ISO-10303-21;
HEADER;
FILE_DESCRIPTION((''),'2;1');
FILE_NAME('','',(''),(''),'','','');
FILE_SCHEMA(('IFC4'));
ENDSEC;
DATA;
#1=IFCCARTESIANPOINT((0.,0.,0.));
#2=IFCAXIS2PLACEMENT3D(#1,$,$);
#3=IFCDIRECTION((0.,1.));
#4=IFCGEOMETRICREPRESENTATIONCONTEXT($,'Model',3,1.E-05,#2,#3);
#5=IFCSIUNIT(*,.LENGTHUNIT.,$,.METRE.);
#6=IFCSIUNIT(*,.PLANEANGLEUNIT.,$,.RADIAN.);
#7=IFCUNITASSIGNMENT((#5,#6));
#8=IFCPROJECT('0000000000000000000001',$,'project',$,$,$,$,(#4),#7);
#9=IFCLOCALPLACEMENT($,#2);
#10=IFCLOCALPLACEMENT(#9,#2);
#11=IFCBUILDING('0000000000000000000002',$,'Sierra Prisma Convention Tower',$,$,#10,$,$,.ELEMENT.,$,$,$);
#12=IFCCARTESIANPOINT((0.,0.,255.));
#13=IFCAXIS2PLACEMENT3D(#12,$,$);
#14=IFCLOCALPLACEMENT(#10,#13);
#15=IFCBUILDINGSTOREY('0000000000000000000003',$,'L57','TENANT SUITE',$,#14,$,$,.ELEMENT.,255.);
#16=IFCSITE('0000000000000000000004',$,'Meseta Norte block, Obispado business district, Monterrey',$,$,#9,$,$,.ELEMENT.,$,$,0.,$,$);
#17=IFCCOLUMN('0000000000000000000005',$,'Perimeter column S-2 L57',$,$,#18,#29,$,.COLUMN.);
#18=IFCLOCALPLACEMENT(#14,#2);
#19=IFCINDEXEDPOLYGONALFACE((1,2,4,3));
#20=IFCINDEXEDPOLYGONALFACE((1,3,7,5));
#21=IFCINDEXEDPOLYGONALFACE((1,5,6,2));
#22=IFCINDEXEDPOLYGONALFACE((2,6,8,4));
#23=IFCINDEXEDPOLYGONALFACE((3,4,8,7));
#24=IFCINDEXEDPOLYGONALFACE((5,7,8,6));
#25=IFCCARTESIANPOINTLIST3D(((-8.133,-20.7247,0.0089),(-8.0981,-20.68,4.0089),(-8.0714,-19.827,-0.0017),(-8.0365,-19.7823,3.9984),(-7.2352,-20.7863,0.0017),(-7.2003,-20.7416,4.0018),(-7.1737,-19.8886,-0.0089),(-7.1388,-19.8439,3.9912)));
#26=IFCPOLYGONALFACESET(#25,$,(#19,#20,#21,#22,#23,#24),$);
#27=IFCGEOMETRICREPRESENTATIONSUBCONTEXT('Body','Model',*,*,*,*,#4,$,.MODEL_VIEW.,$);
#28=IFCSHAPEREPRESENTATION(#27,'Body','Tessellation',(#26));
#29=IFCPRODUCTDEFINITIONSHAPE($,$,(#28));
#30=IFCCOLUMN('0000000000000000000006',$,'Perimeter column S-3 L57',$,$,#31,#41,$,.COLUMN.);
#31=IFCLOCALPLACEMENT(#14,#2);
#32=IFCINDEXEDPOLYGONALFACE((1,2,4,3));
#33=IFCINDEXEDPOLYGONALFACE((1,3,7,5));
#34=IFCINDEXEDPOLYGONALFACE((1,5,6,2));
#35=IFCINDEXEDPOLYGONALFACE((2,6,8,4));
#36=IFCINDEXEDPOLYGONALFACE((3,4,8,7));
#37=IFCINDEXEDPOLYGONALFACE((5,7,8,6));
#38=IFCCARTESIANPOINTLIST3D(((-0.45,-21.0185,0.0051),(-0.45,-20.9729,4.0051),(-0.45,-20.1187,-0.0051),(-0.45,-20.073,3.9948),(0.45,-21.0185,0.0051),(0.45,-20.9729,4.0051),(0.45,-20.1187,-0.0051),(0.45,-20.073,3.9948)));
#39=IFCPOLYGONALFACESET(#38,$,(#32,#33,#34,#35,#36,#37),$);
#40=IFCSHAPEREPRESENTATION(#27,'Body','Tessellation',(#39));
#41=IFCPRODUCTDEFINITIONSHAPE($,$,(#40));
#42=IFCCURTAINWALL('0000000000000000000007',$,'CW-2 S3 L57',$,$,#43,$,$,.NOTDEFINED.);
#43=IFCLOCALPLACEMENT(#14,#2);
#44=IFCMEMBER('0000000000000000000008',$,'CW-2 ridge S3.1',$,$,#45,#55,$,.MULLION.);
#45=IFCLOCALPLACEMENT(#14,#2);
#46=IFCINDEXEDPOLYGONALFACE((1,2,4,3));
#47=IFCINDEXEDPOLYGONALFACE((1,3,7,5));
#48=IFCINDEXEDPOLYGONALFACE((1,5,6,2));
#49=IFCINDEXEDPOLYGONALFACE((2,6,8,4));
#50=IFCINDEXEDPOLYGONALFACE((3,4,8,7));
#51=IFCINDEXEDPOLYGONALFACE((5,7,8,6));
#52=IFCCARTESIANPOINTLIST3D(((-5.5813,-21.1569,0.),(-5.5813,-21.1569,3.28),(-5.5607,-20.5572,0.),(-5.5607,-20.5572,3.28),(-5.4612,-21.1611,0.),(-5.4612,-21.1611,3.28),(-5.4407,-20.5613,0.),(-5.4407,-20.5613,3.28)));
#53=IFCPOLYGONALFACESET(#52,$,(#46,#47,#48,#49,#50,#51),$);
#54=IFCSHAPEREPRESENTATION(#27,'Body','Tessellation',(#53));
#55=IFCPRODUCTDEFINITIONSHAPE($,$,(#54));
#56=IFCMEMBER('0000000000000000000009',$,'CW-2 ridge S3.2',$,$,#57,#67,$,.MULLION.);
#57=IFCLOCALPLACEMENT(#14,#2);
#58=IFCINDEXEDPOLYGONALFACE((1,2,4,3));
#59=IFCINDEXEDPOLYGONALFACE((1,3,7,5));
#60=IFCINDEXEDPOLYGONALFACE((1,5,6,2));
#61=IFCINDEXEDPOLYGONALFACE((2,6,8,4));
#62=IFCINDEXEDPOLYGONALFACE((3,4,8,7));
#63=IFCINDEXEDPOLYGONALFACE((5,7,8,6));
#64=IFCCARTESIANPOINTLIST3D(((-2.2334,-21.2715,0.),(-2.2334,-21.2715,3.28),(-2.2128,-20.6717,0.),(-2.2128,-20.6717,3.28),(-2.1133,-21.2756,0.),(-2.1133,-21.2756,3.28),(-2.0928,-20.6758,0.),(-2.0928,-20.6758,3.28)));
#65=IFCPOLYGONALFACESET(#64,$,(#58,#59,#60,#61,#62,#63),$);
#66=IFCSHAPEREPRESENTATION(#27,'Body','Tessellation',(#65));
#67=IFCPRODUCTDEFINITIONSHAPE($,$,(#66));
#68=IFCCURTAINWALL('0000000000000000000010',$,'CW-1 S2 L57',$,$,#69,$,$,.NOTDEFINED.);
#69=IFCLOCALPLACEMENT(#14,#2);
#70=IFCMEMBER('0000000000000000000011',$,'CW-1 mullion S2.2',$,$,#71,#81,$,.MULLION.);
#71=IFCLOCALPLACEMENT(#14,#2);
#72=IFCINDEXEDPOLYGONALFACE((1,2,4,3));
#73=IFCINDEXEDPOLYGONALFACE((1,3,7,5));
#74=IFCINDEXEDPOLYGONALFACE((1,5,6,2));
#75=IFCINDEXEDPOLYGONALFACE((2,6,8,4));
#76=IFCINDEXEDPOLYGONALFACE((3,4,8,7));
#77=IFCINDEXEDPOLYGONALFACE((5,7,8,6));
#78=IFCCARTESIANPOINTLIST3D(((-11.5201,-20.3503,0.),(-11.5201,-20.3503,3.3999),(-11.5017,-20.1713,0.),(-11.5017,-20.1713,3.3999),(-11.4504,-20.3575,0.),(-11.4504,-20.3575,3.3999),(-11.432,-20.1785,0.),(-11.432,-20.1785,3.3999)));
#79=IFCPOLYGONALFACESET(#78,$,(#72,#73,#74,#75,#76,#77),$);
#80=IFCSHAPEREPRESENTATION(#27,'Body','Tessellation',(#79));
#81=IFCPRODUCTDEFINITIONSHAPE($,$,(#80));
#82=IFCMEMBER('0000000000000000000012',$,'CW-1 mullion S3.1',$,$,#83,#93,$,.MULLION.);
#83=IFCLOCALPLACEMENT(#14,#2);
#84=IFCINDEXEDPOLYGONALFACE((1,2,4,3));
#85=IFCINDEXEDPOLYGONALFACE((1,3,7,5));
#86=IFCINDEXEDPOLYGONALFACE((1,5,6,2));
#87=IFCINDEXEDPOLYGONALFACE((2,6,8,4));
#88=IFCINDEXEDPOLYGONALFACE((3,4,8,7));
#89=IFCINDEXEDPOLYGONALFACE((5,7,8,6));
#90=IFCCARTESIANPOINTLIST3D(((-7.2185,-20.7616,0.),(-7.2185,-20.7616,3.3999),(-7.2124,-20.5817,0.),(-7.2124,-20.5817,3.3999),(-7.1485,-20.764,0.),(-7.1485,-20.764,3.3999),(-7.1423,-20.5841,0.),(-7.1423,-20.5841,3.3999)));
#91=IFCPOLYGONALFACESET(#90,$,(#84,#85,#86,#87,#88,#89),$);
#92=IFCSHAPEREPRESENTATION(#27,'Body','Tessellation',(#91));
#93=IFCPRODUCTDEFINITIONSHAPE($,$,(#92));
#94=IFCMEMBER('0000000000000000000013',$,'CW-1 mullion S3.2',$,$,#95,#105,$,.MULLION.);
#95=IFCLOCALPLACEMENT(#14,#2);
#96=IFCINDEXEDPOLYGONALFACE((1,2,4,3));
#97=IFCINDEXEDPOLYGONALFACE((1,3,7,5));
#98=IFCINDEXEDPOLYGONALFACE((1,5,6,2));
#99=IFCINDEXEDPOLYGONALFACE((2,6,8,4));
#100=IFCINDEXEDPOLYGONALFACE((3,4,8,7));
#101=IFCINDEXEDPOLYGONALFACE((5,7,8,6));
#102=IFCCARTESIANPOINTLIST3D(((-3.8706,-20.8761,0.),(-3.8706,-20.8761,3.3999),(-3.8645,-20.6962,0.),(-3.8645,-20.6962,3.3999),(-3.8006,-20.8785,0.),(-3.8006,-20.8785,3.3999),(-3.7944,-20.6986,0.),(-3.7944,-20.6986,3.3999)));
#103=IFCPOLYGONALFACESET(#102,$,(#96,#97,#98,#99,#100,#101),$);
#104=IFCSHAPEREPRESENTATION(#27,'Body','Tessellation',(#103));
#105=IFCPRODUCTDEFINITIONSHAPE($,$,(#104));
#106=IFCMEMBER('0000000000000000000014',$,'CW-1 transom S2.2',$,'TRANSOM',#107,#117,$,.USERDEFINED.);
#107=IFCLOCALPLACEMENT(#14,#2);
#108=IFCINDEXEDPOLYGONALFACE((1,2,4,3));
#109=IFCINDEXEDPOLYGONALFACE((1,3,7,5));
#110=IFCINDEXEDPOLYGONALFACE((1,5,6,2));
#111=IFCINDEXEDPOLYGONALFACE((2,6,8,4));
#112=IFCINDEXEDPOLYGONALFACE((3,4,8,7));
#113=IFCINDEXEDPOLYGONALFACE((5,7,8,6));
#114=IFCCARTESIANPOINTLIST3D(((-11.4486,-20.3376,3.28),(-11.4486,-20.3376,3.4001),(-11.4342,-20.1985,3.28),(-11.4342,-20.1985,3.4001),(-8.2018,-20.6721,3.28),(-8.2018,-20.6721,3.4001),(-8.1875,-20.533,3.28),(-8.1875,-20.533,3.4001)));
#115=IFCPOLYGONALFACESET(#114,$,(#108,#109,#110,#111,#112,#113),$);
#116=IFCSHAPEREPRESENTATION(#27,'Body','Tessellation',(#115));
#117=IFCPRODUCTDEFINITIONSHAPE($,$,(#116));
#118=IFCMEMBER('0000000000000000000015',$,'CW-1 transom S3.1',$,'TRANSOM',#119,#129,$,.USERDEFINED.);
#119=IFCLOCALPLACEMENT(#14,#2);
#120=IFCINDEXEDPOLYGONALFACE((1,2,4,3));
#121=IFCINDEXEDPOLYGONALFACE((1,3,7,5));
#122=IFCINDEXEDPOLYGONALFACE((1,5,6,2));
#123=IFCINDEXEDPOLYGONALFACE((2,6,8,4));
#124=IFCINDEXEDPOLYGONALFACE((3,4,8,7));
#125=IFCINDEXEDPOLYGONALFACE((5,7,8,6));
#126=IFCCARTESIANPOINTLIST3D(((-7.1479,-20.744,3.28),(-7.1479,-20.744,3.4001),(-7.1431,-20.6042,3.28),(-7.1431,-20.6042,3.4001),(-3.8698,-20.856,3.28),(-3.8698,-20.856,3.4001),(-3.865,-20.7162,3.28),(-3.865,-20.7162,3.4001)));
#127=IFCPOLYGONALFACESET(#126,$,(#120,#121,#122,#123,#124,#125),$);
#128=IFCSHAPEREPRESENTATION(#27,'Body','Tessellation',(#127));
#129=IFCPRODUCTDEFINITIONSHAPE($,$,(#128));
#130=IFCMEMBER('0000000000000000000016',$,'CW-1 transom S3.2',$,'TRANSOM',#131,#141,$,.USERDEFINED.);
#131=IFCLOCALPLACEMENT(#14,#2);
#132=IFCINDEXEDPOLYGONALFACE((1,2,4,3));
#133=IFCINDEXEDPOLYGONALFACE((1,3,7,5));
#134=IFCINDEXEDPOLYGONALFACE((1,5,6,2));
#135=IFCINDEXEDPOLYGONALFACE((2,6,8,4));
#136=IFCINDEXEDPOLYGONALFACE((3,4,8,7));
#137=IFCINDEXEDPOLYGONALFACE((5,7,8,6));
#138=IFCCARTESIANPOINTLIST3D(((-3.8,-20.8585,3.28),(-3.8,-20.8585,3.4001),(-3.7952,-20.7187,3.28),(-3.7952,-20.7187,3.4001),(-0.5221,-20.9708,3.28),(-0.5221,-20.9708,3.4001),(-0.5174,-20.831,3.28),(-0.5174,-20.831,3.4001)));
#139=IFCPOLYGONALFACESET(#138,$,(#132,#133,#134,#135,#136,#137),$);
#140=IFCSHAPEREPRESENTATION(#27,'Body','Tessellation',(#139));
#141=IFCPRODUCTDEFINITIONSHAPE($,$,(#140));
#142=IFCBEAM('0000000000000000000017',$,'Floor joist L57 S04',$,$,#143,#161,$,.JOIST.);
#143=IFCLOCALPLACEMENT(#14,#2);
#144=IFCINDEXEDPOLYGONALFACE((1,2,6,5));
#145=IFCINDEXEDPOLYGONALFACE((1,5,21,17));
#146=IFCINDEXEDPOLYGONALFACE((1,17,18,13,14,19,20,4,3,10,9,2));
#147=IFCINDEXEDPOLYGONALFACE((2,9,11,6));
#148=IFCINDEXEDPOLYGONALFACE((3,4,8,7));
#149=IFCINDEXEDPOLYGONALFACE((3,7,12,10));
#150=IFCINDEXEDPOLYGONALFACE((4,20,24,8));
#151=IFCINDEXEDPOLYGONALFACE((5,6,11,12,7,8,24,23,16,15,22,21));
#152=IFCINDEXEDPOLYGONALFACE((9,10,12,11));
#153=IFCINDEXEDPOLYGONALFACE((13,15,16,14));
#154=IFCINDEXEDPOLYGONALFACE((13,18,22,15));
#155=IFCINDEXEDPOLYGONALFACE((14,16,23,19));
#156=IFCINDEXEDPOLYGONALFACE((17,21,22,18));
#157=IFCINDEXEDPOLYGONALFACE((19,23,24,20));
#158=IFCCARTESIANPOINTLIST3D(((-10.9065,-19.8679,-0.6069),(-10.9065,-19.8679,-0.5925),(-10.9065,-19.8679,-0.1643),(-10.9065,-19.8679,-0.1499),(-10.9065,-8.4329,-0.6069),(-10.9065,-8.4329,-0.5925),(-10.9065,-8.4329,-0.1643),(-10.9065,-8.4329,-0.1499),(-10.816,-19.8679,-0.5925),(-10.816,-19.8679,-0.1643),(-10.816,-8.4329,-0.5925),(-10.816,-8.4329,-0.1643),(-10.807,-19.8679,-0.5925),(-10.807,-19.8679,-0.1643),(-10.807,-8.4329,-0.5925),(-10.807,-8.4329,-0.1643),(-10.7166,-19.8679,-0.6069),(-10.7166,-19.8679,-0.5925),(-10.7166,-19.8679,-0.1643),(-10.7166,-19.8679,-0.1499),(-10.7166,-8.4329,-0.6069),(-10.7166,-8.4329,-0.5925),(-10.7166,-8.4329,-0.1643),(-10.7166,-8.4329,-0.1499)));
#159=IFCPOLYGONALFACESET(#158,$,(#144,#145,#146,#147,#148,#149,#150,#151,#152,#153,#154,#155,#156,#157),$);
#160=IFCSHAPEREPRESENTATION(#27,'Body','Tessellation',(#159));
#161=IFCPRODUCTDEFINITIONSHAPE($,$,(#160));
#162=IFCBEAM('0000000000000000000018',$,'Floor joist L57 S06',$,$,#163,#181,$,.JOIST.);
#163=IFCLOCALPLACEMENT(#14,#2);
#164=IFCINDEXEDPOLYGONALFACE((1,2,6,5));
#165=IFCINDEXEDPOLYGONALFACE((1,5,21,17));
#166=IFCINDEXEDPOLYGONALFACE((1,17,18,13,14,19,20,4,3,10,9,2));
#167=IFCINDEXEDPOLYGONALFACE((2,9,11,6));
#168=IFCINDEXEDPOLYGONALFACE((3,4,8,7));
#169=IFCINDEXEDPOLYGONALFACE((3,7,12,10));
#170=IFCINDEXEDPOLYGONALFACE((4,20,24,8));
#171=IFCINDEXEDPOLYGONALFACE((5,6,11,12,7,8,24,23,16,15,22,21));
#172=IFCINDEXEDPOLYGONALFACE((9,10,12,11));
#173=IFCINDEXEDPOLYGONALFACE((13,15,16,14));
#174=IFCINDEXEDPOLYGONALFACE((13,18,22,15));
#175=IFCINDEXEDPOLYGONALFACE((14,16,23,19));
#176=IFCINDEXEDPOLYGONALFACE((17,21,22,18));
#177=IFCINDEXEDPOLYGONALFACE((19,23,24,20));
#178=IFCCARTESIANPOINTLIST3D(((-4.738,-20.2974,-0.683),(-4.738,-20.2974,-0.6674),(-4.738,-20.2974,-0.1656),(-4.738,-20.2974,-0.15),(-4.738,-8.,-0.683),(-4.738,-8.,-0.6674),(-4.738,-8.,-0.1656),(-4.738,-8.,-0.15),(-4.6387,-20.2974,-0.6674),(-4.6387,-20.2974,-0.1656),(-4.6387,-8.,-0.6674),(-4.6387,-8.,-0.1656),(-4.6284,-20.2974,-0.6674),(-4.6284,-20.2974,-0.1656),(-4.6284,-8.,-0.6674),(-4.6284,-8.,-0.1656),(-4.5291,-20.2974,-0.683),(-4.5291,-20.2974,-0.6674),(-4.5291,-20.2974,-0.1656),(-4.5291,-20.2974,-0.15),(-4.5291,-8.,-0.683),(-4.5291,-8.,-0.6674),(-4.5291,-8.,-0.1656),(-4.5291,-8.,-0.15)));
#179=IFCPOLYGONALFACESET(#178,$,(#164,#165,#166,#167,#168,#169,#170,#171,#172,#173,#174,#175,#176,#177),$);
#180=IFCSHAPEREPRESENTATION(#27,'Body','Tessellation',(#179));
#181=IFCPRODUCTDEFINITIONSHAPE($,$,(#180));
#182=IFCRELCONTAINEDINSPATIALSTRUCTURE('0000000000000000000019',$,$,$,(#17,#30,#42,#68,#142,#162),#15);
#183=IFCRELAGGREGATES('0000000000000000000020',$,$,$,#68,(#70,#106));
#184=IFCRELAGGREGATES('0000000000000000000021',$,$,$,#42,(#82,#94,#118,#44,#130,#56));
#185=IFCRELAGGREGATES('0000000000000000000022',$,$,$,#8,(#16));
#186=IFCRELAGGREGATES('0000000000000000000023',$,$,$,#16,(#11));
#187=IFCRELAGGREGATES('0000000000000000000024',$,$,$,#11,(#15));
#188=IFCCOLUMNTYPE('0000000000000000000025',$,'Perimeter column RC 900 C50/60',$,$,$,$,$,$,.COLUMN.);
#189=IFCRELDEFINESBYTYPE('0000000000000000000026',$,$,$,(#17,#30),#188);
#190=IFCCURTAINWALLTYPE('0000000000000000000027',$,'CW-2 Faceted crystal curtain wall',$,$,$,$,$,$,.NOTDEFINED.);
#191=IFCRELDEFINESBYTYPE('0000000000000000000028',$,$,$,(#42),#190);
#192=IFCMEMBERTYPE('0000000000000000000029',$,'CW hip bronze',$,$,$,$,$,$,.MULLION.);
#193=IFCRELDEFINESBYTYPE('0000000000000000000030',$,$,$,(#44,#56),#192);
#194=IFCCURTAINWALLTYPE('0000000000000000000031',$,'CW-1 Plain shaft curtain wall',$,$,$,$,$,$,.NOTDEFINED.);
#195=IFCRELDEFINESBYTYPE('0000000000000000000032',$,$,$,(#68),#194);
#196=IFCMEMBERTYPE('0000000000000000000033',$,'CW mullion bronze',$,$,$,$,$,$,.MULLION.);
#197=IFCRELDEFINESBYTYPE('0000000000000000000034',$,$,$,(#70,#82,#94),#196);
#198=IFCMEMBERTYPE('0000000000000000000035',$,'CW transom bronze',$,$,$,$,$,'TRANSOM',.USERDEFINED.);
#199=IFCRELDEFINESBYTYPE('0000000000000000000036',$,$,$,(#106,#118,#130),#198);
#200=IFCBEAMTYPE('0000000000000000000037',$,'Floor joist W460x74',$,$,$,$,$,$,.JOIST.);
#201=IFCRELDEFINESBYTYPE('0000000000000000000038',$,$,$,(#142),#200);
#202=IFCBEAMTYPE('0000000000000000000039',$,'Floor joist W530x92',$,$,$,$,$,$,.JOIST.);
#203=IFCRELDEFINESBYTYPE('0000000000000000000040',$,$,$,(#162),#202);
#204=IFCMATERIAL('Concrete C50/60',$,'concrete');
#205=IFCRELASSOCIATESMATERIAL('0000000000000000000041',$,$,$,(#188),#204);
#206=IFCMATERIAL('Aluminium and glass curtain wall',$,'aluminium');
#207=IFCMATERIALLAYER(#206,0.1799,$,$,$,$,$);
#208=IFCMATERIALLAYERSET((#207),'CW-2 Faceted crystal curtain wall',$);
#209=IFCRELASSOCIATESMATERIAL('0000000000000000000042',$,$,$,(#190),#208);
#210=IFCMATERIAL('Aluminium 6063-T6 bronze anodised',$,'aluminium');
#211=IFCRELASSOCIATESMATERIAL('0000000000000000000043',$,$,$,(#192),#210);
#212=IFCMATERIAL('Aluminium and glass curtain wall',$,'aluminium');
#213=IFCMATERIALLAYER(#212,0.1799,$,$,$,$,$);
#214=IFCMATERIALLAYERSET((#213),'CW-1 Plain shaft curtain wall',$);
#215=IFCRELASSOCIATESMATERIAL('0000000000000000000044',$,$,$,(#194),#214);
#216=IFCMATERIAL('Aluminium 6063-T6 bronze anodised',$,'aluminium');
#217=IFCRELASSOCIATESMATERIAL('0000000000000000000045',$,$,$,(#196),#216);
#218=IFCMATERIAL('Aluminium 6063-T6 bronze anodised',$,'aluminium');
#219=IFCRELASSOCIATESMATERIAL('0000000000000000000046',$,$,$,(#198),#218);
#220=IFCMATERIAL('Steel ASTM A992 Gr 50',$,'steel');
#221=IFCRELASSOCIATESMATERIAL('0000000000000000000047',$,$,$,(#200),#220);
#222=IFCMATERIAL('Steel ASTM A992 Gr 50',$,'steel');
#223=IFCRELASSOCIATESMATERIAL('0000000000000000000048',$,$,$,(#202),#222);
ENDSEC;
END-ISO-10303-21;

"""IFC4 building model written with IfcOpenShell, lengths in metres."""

from ifc_helpers import new_model, si_unit, direction, frame, origin, origin_2d, place, context, subcontext, project, spatial, rectangle, i_section, extrude, material, layer, layer_set, material_profile, profile_set, type_object, element, aggregate, save


model = new_model("IFC4")

# Units and contexts
model_context = context("Model", 3, precision=1e-05, world=origin(), true_north=direction((0.0, 1.0)))
body_context = subcontext(model_context, "Body", "Model", "MODEL_VIEW")
ifc_project = project(units=[si_unit("LENGTHUNIT", "METRE"), si_unit("PLANEANGLEUNIT", "RADIAN")], contexts=[model_context])

# Site, building, storey
site_placement = place(None, origin())
site = spatial("IfcSite", under=ifc_project, at=site_placement, Name="Meseta Norte block, Obispado business district, Monterrey", CompositionType="ELEMENT", RefElevation=0.0)
building_placement = place(site_placement, origin())
building = spatial("IfcBuilding", under=site, at=building_placement, Name="Sierra Prisma Convention Tower", CompositionType="ELEMENT")
storey_placement = place(building_placement, frame((0.0, 0.0, 255.0)))
storey = spatial("IfcBuildingStorey", under=building, at=storey_placement, Name="L57", Description="TENANT SUITE", CompositionType="ELEMENT", Elevation=255.0)

# Columns
ifc_material_1 = material(Name="Concrete C50/60", Category="concrete")
ifc_material_profile_1 = material_profile(ifc_material_1, rectangle(XDim=0.8999, YDim=0.8999, at=origin_2d()), Name="Perimeter column RC 900 C50/60")
ifc_profile_set_1 = profile_set([ifc_material_profile_1], Name="Concrete C50/60")
column_type = type_object("IfcColumnType", Name="Perimeter column RC 900 C50/60", PredefinedType="COLUMN", material=ifc_profile_set_1)
column_1_placement = place(storey_placement, frame((-7.6533, -20.3066, 0.0), z_axis=(0.008727, 0.011168, 0.9999), x_axis=(-0.997622, 0.068467, 0.007943)))
element("IfcColumn", 1, at=column_1_placement, inside=storey, type_object=column_type, Name="Perimeter column S-2 L57", PredefinedType="COLUMN", context=body_context, shape_type="SweptSolid", body=[
    extrude(rectangle(XDim=0.8999, YDim=0.8999, at=origin_2d()), origin(), (0.0, 0.0, 1.0), 4.0005),
])
column_2_placement = place(storey_placement, frame((0.0, -20.5686, 0.0), z_axis=(0.0, 0.011413, 0.999935), x_axis=(1.0, 0.0, 0.0)))
element("IfcColumn", 2, at=column_2_placement, inside=storey, type_object=column_type, Name="Perimeter column S-3 L57", PredefinedType="COLUMN", context=body_context, shape_type="SweptSolid", body=[
    extrude(rectangle(XDim=0.8999, YDim=0.8999, at=origin_2d()), origin(), (0.0, 0.0, 1.0), 4.0002),
])

# Curtain wall, members
ifc_material_2 = material(Name="Aluminium and glass curtain wall", Category="aluminium")
ifc_layer_1 = layer(ifc_material_2, 0.1799)
ifc_layer_set_1 = layer_set([ifc_layer_1], Name="CW-2 Faceted crystal curtain wall")
curtain_wall_type_1 = type_object("IfcCurtainWallType", Name="CW-2 Faceted crystal curtain wall", PredefinedType="NOTDEFINED", material=ifc_layer_set_1)
curtain_wall_1_placement = place(storey_placement, origin())
curtain_wall_1 = element("IfcCurtainWall", 3, at=curtain_wall_1_placement, inside=storey, type_object=curtain_wall_type_1, Name="CW-2 S3 L57", PredefinedType="NOTDEFINED")
ifc_material_3 = material(Name="Aluminium 6063-T6 bronze anodised", Category="aluminium")
ifc_material_profile_2 = material_profile(ifc_material_3, rectangle(XDim=0.1201, YDim=0.6001, at=origin_2d()), Name="ALU RIDGE BLADE 120x600")
ifc_profile_set_2 = profile_set([ifc_material_profile_2], Name="Aluminium 6063-T6 bronze anodised")
member_type_1 = type_object("IfcMemberType", Name="CW hip bronze", PredefinedType="MULLION", material=ifc_profile_set_2)
member_1_placement = place(storey_placement, frame((-5.511, -20.8591, 0.0), z_axis=(0.0, 0.0, 1.0), x_axis=(0.999415, -0.034207, 0.0)))
member_1 = element("IfcMember", 4, at=member_1_placement, type_object=member_type_1, Name="CW-2 ridge S3.1", PredefinedType="MULLION", context=body_context, shape_type="SweptSolid", body=[
    extrude(rectangle(XDim=0.1201, YDim=0.6001, at=origin_2d()), origin(), (0.0, 0.0, 1.0), 3.28),
])
member_2_placement = place(storey_placement, frame((-2.1631, -20.9736, 0.0), z_axis=(0.0, 0.0, 1.0), x_axis=(0.999415, -0.034207, 0.0)))
member_2 = element("IfcMember", 5, at=member_2_placement, type_object=member_type_1, Name="CW-2 ridge S3.2", PredefinedType="MULLION", context=body_context, shape_type="SweptSolid", body=[
    extrude(rectangle(XDim=0.1201, YDim=0.6001, at=origin_2d()), origin(), (0.0, 0.0, 1.0), 3.28),
])

# Curtain wall, member
ifc_material_4 = material(Name="Aluminium and glass curtain wall", Category="aluminium")
ifc_layer_2 = layer(ifc_material_4, 0.1799)
ifc_layer_set_2 = layer_set([ifc_layer_2], Name="CW-1 Plain shaft curtain wall")
curtain_wall_type_2 = type_object("IfcCurtainWallType", Name="CW-1 Plain shaft curtain wall", PredefinedType="NOTDEFINED", material=ifc_layer_set_2)
curtain_wall_2_placement = place(storey_placement, origin())
curtain_wall_2 = element("IfcCurtainWall", 6, at=curtain_wall_2_placement, inside=storey, type_object=curtain_wall_type_2, Name="CW-1 S2 L57", PredefinedType="NOTDEFINED")
ifc_material_5 = material(Name="Aluminium 6063-T6 bronze anodised", Category="aluminium")
ifc_material_profile_3 = material_profile(ifc_material_5, rectangle(XDim=0.1799, YDim=0.0701, at=origin_2d()), Name="ALU MULLION 70x180")
ifc_profile_set_3 = profile_set([ifc_material_profile_3], Name="Aluminium 6063-T6 bronze anodised")
member_type_2 = type_object("IfcMemberType", Name="CW mullion bronze", PredefinedType="MULLION", material=ifc_profile_set_3)
member_3_placement = place(storey_placement, frame((-11.4761, -20.2644, 0.0), z_axis=(0.0, 0.0, 1.0), x_axis=(0.102461, 0.994737, 0.0)))
member_3 = element("IfcMember", 7, at=member_3_placement, type_object=member_type_2, Name="CW-1 mullion S2.2", PredefinedType="MULLION", context=body_context, shape_type="SweptSolid", body=[
    extrude(rectangle(XDim=0.1799, YDim=0.0701, at=origin_2d()), origin(), (0.0, 0.0, 1.0), 3.3999),
])

# Members
member_4_placement = place(storey_placement, frame((-7.1804, -20.6729, 0.0), z_axis=(0.0, 0.0, 1.0), x_axis=(0.034207, 0.999415, 0.0)))
member_4 = element("IfcMember", 8, at=member_4_placement, type_object=member_type_2, Name="CW-1 mullion S3.1", PredefinedType="MULLION", context=body_context, shape_type="SweptSolid", body=[
    extrude(rectangle(XDim=0.1799, YDim=0.0701, at=origin_2d()), origin(), (0.0, 0.0, 1.0), 3.3999),
])
member_5_placement = place(storey_placement, frame((-3.8325, -20.7874, 0.0), z_axis=(0.0, 0.0, 1.0), x_axis=(0.034207, 0.999415, 0.0)))
member_5 = element("IfcMember", 9, at=member_5_placement, type_object=member_type_2, Name="CW-1 mullion S3.2", PredefinedType="MULLION", context=body_context, shape_type="SweptSolid", body=[
    extrude(rectangle(XDim=0.1799, YDim=0.0701, at=origin_2d()), origin(), (0.0, 0.0, 1.0), 3.3999),
])
ifc_material_6 = material(Name="Aluminium 6063-T6 bronze anodised", Category="aluminium")
ifc_material_profile_4 = material_profile(ifc_material_6, rectangle(XDim=0.1399, YDim=0.1201, at=origin_2d()), Name="ALU TRANSOM 120x140")
ifc_profile_set_4 = profile_set([ifc_material_profile_4], Name="Aluminium 6063-T6 bronze anodised")
member_type_3 = type_object("IfcMemberType", Name="CW transom bronze", ElementType="TRANSOM", PredefinedType="USERDEFINED", material=ifc_profile_set_4)
member_6_placement = place(storey_placement, frame((-11.4414, -20.2681, 3.3401), z_axis=(0.994736, -0.102473, 0.0), x_axis=(0.102473, 0.994736, 0.0)))
member_6 = element("IfcMember", 10, at=member_6_placement, type_object=member_type_3, Name="CW-1 transom S2.2", ObjectType="TRANSOM", PredefinedType="USERDEFINED", context=body_context, shape_type="SweptSolid", body=[
    extrude(rectangle(XDim=0.1399, YDim=0.1201, at=origin_2d()), origin(), (0.0, 0.0, 1.0), 3.2639),
])
member_7_placement = place(storey_placement, frame((-7.1455, -20.6741, 3.3401), z_axis=(0.999416, -0.034165, 0.0), x_axis=(0.034165, 0.999416, 0.0)))
member_7 = element("IfcMember", 11, at=member_7_placement, type_object=member_type_3, Name="CW-1 transom S3.1", ObjectType="TRANSOM", PredefinedType="USERDEFINED", context=body_context, shape_type="SweptSolid", body=[
    extrude(rectangle(XDim=0.1399, YDim=0.1201, at=origin_2d()), origin(), (0.0, 0.0, 1.0), 3.28),
])
member_8_placement = place(storey_placement, frame((-3.7976, -20.7886, 3.3401), z_axis=(0.999414, -0.034242, 0.0), x_axis=(0.034242, 0.999414, 0.0)))
member_8 = element("IfcMember", 12, at=member_8_placement, type_object=member_type_3, Name="CW-1 transom S3.2", ObjectType="TRANSOM", PredefinedType="USERDEFINED", context=body_context, shape_type="SweptSolid", body=[
    extrude(rectangle(XDim=0.1399, YDim=0.1201, at=origin_2d()), origin(), (0.0, 0.0, 1.0), 3.2798),
])

# Beams
ifc_material_7 = material(Name="Steel ASTM A992 Gr 50", Category="steel")
ifc_material_profile_5 = material_profile(ifc_material_7, i_section(OverallWidth=0.1899, OverallDepth=0.457, WebThickness=0.009, FlangeThickness=0.0144, at=origin_2d()), Name="W460x74")
ifc_profile_set_5 = profile_set([ifc_material_profile_5], Name="Steel ASTM A992 Gr 50")
beam_type_1 = type_object("IfcBeamType", Name="Floor joist W460x74", PredefinedType="JOIST", material=ifc_profile_set_5)
beam_1_placement = place(storey_placement, frame((-10.8115, -19.8679, -0.3784), z_axis=(0.0, 1.0, 0.0), x_axis=(-1.0, 0.0, 0.0)))
element("IfcBeam", 13, at=beam_1_placement, inside=storey, type_object=beam_type_1, Name="Floor joist L57 S04", PredefinedType="JOIST", context=body_context, shape_type="SweptSolid", body=[
    extrude(i_section(OverallWidth=0.1899, OverallDepth=0.457, WebThickness=0.009, FlangeThickness=0.0144, at=origin_2d()), origin(), (0.0, 0.0, 1.0), 11.4351),
])
ifc_material_8 = material(Name="Steel ASTM A992 Gr 50", Category="steel")
ifc_material_profile_6 = material_profile(ifc_material_8, i_section(OverallWidth=0.209, OverallDepth=0.533, WebThickness=0.0103, FlangeThickness=0.0156, at=origin_2d()), Name="W530x92")
ifc_profile_set_6 = profile_set([ifc_material_profile_6], Name="Steel ASTM A992 Gr 50")
beam_type_2 = type_object("IfcBeamType", Name="Floor joist W530x92", PredefinedType="JOIST", material=ifc_profile_set_6)
beam_2_placement = place(storey_placement, frame((-4.6335, -20.2974, -0.4165), z_axis=(0.0, 1.0, 0.0), x_axis=(-1.0, 0.0, 0.0)))
element("IfcBeam", 14, at=beam_2_placement, inside=storey, type_object=beam_type_2, Name="Floor joist L57 S06", PredefinedType="JOIST", context=body_context, shape_type="SweptSolid", body=[
    extrude(i_section(OverallWidth=0.209, OverallDepth=0.533, WebThickness=0.0103, FlangeThickness=0.0156, at=origin_2d()), origin(), (0.0, 0.0, 1.0), 12.2974),
])

aggregate(curtain_wall_2, [member_3, member_6])
aggregate(curtain_wall_1, [member_4, member_5, member_7, member_1, member_8, member_2])

save(model, "model.ifc")
